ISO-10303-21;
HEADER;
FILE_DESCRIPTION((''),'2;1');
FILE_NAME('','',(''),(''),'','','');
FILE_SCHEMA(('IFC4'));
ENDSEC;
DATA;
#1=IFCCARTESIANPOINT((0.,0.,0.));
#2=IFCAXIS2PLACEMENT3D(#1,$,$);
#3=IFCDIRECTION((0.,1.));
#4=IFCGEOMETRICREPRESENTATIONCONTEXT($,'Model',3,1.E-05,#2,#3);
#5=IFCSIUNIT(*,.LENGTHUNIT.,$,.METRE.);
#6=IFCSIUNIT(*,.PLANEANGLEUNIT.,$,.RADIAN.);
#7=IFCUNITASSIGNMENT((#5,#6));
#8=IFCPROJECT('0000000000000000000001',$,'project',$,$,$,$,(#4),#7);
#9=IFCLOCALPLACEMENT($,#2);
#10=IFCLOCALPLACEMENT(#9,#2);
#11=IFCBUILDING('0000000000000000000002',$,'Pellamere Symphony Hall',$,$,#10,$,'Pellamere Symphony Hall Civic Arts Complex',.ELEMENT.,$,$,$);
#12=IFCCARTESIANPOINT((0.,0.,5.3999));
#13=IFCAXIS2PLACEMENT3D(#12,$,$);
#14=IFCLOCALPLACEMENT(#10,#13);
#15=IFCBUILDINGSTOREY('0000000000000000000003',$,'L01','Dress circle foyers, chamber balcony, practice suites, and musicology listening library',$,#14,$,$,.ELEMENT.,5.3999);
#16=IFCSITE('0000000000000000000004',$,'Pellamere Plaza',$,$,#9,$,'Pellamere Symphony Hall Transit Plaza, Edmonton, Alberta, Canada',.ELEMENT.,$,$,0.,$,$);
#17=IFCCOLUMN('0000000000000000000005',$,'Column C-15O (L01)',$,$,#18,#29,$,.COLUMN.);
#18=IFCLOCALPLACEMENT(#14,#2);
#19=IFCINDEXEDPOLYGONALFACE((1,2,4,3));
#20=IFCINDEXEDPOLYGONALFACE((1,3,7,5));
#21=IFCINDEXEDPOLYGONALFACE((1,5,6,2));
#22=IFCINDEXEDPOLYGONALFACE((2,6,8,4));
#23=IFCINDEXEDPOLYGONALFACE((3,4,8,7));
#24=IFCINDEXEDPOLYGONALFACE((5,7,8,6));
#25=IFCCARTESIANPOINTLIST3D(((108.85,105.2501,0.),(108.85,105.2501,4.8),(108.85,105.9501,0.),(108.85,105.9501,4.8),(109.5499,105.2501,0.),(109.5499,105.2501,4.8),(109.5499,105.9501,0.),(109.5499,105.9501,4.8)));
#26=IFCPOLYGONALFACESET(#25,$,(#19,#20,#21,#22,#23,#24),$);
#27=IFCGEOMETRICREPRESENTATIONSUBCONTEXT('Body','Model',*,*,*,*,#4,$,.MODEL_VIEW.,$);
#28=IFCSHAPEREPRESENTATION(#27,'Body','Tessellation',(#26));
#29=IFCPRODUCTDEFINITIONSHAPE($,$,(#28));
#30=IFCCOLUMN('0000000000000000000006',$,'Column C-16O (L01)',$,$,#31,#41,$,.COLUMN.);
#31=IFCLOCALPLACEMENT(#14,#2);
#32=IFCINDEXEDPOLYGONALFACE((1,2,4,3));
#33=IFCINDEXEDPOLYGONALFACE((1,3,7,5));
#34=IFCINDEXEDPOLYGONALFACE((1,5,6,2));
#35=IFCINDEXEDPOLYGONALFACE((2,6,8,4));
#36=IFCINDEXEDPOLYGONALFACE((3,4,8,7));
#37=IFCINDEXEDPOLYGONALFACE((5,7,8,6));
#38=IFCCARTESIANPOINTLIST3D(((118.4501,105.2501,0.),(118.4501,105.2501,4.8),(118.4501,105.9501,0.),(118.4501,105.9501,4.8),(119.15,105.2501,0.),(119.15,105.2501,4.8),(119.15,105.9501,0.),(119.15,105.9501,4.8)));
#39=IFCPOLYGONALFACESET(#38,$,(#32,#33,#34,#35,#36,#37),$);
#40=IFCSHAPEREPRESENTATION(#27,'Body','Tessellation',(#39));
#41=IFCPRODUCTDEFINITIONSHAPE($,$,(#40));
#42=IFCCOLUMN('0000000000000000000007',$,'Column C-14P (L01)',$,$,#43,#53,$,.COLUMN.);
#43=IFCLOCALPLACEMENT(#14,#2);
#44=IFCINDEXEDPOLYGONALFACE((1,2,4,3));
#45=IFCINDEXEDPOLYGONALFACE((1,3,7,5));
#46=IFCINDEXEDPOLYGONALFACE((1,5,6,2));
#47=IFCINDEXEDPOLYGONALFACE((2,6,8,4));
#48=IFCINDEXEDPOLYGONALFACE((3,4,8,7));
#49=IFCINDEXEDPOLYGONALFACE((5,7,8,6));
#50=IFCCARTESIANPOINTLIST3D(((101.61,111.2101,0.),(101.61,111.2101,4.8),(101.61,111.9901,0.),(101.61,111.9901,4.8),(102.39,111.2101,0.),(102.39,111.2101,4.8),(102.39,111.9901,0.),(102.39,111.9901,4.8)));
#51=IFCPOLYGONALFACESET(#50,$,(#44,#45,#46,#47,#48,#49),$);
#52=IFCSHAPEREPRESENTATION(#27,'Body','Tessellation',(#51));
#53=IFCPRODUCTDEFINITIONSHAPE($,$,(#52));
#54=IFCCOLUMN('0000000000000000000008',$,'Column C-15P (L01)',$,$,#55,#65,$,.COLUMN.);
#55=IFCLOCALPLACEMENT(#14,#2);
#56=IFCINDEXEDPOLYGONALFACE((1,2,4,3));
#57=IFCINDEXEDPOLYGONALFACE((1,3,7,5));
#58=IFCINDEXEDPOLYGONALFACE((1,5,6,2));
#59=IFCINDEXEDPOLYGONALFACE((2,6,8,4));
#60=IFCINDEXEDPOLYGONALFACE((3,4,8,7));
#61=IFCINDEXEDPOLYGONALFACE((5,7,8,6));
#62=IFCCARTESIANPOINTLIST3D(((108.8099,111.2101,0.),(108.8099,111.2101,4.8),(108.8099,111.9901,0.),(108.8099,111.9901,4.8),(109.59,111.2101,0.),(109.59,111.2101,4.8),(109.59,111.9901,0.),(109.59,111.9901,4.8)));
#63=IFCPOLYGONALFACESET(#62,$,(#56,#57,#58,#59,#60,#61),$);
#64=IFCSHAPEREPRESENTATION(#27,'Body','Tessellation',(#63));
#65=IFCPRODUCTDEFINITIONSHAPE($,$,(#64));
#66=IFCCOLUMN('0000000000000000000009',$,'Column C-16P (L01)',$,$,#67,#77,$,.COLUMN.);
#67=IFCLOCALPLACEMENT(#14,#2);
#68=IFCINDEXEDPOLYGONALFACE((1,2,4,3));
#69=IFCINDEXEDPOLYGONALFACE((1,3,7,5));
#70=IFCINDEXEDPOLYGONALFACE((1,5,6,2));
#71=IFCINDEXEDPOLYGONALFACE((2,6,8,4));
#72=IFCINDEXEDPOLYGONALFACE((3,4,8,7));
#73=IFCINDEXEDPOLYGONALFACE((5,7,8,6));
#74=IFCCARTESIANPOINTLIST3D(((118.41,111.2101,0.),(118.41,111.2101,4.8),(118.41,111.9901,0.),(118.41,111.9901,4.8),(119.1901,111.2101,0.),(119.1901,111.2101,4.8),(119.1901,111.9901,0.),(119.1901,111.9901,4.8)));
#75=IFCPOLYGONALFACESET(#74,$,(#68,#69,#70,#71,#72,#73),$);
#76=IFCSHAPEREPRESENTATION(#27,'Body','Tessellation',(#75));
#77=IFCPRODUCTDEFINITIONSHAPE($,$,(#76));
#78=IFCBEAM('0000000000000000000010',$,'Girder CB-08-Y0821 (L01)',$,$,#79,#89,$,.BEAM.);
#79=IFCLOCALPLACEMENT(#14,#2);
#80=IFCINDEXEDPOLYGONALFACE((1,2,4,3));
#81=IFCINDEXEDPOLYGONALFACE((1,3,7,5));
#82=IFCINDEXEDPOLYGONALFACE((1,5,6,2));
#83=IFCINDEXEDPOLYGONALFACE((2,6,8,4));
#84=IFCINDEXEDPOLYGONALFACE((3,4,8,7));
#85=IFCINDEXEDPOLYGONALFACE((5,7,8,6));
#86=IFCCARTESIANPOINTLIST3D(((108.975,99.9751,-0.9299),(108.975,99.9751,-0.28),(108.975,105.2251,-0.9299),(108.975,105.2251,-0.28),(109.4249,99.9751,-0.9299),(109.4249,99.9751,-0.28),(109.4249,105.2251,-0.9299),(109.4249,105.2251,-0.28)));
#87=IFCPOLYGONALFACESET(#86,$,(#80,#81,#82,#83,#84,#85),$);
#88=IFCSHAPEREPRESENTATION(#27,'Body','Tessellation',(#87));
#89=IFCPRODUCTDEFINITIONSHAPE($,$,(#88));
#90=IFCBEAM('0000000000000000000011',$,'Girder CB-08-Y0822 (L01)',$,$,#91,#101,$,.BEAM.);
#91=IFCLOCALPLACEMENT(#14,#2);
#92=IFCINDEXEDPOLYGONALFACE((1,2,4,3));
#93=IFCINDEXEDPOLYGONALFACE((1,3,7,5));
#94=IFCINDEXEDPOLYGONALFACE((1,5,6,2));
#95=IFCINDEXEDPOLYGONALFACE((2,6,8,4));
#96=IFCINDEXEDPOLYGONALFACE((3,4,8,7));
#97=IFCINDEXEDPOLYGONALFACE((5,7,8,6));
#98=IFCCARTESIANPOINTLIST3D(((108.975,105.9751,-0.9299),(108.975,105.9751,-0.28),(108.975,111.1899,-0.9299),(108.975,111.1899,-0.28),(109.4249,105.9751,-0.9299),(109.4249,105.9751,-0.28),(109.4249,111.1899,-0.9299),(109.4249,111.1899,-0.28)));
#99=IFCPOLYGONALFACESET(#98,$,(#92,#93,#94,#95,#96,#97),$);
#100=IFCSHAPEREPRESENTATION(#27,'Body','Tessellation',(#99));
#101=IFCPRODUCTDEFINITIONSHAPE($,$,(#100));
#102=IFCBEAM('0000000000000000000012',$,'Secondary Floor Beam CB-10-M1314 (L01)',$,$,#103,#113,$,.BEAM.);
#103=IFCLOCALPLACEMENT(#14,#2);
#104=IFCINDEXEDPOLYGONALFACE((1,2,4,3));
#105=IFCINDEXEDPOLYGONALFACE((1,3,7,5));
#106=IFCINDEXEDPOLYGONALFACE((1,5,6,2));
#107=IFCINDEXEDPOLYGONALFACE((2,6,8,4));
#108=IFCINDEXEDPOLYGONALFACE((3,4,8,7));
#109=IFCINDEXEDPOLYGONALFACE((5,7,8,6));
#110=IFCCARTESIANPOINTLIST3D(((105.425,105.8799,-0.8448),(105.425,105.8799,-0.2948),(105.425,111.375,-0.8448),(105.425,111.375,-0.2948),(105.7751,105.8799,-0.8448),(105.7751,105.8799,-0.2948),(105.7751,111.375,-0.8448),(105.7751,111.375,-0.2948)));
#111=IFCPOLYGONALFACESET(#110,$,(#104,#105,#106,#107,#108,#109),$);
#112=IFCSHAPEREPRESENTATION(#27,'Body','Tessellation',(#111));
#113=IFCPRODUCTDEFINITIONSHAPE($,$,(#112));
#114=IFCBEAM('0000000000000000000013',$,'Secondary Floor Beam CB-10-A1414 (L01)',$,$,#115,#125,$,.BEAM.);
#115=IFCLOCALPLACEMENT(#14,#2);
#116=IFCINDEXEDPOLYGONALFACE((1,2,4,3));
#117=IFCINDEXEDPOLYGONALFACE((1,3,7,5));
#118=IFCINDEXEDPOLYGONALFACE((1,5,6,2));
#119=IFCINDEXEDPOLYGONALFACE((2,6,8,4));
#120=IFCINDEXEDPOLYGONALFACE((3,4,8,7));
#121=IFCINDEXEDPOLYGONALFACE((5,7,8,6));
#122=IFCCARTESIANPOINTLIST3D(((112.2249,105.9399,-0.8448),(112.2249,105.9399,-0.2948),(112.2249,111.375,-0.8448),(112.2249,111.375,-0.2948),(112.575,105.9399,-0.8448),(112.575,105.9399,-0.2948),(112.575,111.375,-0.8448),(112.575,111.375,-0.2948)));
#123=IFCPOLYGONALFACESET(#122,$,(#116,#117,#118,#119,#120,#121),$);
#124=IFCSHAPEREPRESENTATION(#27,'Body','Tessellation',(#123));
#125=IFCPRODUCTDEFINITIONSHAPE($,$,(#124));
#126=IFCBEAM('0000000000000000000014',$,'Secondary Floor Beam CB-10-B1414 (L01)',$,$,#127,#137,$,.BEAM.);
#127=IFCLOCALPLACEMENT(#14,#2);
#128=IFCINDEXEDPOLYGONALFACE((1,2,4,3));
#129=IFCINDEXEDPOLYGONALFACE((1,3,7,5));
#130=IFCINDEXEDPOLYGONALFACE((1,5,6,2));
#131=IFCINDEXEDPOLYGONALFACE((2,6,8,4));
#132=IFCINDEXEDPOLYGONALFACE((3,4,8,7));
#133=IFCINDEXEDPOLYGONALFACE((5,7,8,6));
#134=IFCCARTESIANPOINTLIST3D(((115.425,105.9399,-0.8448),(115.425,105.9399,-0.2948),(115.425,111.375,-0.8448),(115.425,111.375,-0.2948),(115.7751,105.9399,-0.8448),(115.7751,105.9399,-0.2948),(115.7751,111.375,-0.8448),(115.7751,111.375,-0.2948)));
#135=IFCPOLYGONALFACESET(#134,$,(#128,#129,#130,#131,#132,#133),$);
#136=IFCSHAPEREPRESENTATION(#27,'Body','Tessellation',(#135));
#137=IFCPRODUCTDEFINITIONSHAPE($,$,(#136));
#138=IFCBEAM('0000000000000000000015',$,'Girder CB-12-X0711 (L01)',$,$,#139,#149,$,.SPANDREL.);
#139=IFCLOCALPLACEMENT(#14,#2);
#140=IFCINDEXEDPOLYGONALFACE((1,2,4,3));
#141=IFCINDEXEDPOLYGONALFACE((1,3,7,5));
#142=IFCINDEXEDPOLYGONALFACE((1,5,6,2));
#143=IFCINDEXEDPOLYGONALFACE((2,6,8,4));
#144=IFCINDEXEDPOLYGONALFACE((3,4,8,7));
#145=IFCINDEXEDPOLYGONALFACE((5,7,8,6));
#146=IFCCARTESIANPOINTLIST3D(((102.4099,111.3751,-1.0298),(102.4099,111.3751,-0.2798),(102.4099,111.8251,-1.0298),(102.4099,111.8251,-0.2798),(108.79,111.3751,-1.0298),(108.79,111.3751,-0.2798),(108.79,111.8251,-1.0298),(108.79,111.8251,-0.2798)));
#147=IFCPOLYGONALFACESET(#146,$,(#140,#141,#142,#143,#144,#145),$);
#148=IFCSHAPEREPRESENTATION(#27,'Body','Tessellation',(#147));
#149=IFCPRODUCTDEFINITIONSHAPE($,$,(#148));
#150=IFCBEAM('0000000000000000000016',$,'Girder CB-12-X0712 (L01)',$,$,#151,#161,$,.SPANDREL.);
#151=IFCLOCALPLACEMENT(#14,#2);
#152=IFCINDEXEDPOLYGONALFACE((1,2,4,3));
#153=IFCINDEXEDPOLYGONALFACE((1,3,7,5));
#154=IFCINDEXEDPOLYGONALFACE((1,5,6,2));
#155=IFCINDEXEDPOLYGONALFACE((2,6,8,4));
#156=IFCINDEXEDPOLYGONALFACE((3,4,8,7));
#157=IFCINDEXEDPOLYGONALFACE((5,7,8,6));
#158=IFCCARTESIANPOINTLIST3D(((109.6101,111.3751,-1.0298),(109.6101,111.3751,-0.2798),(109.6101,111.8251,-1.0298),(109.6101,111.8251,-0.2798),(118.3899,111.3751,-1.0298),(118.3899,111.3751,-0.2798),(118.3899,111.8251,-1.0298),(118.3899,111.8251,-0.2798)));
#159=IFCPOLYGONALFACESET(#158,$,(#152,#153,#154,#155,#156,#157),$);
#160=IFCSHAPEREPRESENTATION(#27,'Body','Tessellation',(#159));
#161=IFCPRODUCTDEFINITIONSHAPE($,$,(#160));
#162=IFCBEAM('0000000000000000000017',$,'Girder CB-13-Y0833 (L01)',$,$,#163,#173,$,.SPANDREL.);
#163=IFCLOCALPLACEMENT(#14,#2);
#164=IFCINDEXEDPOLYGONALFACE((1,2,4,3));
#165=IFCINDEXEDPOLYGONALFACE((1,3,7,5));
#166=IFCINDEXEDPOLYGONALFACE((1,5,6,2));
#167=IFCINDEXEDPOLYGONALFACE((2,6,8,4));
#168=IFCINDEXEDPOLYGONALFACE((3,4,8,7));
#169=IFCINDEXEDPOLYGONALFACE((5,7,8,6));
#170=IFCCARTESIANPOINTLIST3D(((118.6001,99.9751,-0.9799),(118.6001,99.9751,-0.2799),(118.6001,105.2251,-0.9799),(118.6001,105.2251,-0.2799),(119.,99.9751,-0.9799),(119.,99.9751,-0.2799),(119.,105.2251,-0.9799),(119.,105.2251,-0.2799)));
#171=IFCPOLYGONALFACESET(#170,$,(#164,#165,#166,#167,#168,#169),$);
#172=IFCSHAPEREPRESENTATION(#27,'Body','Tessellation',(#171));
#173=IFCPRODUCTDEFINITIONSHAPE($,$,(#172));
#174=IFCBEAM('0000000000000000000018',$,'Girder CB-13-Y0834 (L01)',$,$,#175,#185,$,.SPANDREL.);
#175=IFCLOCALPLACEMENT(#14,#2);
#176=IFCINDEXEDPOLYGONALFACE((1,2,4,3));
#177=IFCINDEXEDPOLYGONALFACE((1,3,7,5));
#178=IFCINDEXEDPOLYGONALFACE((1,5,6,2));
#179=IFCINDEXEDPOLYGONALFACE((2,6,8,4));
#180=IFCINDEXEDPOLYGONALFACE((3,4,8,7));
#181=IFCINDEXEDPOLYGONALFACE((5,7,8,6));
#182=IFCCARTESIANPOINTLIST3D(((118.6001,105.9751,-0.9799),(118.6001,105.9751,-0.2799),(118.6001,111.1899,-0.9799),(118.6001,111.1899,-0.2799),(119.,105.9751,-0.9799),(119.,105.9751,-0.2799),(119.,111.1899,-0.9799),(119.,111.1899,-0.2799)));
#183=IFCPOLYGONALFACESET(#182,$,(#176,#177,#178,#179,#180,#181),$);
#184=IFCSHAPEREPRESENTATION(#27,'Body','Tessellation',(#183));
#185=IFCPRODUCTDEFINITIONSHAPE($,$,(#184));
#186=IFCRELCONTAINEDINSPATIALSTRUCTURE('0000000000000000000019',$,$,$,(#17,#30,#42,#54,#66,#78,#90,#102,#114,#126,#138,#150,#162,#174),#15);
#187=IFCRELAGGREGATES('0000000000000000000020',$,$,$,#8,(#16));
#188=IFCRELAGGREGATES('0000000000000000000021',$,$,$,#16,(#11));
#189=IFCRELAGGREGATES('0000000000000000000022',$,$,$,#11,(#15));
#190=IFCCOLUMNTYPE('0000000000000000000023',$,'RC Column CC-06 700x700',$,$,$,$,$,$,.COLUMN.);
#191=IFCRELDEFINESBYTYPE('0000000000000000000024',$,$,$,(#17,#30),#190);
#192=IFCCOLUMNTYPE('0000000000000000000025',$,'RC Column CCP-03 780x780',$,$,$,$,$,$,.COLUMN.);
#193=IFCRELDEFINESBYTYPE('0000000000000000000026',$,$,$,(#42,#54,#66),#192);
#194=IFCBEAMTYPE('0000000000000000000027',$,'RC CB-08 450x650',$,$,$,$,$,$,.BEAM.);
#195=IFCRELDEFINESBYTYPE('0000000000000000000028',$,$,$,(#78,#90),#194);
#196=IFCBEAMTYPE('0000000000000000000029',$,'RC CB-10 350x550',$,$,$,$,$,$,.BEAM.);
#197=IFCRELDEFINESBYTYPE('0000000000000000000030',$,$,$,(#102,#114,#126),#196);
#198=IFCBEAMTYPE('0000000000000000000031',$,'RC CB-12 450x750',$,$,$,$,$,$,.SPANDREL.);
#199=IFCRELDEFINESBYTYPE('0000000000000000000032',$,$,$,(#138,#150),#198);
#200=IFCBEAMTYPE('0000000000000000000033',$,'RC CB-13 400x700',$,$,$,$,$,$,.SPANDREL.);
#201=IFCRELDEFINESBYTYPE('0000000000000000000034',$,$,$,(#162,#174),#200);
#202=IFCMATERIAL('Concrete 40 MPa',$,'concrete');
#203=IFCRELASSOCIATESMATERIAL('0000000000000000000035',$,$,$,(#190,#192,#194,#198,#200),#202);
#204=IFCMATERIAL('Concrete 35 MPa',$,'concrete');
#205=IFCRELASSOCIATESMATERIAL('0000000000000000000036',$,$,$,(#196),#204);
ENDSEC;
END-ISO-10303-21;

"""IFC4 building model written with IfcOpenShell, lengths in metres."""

from ifc_helpers import new_model, si_unit, direction, frame, origin, origin_2d, place, context, subcontext, project, spatial, rectangle, extrude, material, material_profile, profile_set, type_object, element, save


model = new_model("IFC4")

# Units and contexts
model_context = context("Model", 3, precision=1e-05, world=origin(), true_north=direction((0.0, 1.0)))
body_context = subcontext(model_context, "Body", "Model", "MODEL_VIEW")
ifc_project = project(units=[si_unit("LENGTHUNIT", "METRE"), si_unit("PLANEANGLEUNIT", "RADIAN")], contexts=[model_context])

# Site, building, storey
site_placement = place(None, origin())
site = spatial("IfcSite", under=ifc_project, at=site_placement, Name="Pellamere Plaza", LongName="Pellamere Symphony Hall Transit Plaza, Edmonton, Alberta, Canada", CompositionType="ELEMENT", RefElevation=0.0)
building_placement = place(site_placement, origin())
building = spatial("IfcBuilding", under=site, at=building_placement, Name="Pellamere Symphony Hall", LongName="Pellamere Symphony Hall Civic Arts Complex", CompositionType="ELEMENT")
storey_placement = place(building_placement, frame((0.0, 0.0, 5.3999)))
storey = spatial("IfcBuildingStorey", under=building, at=storey_placement, Name="L01", Description="Dress circle foyers, chamber balcony, practice suites, and musicology listening library", CompositionType="ELEMENT", Elevation=5.3999)

# Columns
ifc_material_1 = material(Name="Concrete 40 MPa", Category="concrete")
ifc_material_profile_1 = material_profile(ifc_material_1, rectangle(XDim=0.7, YDim=0.7, at=origin_2d()), Name="RC 700x700")
ifc_profile_set_1 = profile_set([ifc_material_profile_1], Name="Concrete 40 MPa")
column_type_1 = type_object("IfcColumnType", Name="RC Column CC-06 700x700", PredefinedType="COLUMN", material=ifc_profile_set_1)
for number, where, z_axis, x_axis, name in (
    (1, (109.2, 105.6001, 0.0), (0.0, 0.0, 1.0), (1.0, 0.0, 0.0), "Column C-15O (L01)"),
    (2, (118.8, 105.6001, 0.0), (0.0, 0.0, 1.0), (1.0, 0.0, 0.0), "Column C-16O (L01)"),
):
    element("IfcColumn", number, at=place(storey_placement, frame(where, z_axis=z_axis, x_axis=x_axis)), inside=storey, type_object=column_type_1, Name=name, PredefinedType="COLUMN", context=body_context, shape_type="SweptSolid", body=[
        extrude(rectangle(XDim=0.7, YDim=0.7, at=origin_2d()), origin(), (0.0, 0.0, 1.0), 4.8),
    ])
ifc_material_profile_2 = material_profile(ifc_material_1, rectangle(XDim=0.78, YDim=0.78, at=origin_2d()), Name="RC 780x780")
ifc_profile_set_2 = profile_set([ifc_material_profile_2], Name="Concrete 40 MPa")
column_type_2 = type_object("IfcColumnType", Name="RC Column CCP-03 780x780", PredefinedType="COLUMN", material=ifc_profile_set_2)
for number, where, z_axis, x_axis, name in (
    (3, (102.0, 111.6001, 0.0), (0.0, 0.0, 1.0), (1.0, 0.0, 0.0), "Column C-14P (L01)"),
    (4, (109.2, 111.6001, 0.0), (0.0, 0.0, 1.0), (1.0, 0.0, 0.0), "Column C-15P (L01)"),
    (5, (118.8, 111.6001, 0.0), (0.0, 0.0, 1.0), (1.0, 0.0, 0.0), "Column C-16P (L01)"),
):
    element("IfcColumn", number, at=place(storey_placement, frame(where, z_axis=z_axis, x_axis=x_axis)), inside=storey, type_object=column_type_2, Name=name, PredefinedType="COLUMN", context=body_context, shape_type="SweptSolid", body=[
        extrude(rectangle(XDim=0.78, YDim=0.78, at=origin_2d()), origin(), (0.0, 0.0, 1.0), 4.8),
    ])

# Beams
ifc_material_profile_3 = material_profile(ifc_material_1, rectangle(XDim=0.45, YDim=0.6499, at=origin_2d()), Name="RC 450x650")
ifc_profile_set_3 = profile_set([ifc_material_profile_3], Name="Concrete 40 MPa")
beam_type_1 = type_object("IfcBeamType", Name="RC CB-08 450x650", PredefinedType="BEAM", material=ifc_profile_set_3)
beam_1_placement = place(storey_placement, frame((109.2, 99.9751, -0.605), z_axis=(0.0, 1.0, 0.0), x_axis=(-1.0, 0.0, 0.0)))
element("IfcBeam", 6, at=beam_1_placement, inside=storey, type_object=beam_type_1, Name="Girder CB-08-Y0821 (L01)", PredefinedType="BEAM", context=body_context, shape_type="SweptSolid", body=[
    extrude(rectangle(XDim=0.45, YDim=0.6499, at=origin_2d()), origin(), (0.0, 0.0, 1.0), 5.25),
])
beam_2_placement = place(storey_placement, frame((109.2, 105.9751, -0.605), z_axis=(0.0, 1.0, 0.0), x_axis=(-1.0, 0.0, 0.0)))
element("IfcBeam", 7, at=beam_2_placement, inside=storey, type_object=beam_type_1, Name="Girder CB-08-Y0822 (L01)", PredefinedType="BEAM", context=body_context, shape_type="SweptSolid", body=[
    extrude(rectangle(XDim=0.45, YDim=0.6499, at=origin_2d()), origin(), (0.0, 0.0, 1.0), 5.2148),
])
ifc_material_2 = material(Name="Concrete 35 MPa", Category="concrete")
ifc_material_profile_4 = material_profile(ifc_material_2, rectangle(XDim=0.3501, YDim=0.55, at=origin_2d()), Name="RC 350x550")
ifc_profile_set_4 = profile_set([ifc_material_profile_4], Name="Concrete 35 MPa")
beam_type_2 = type_object("IfcBeamType", Name="RC CB-10 350x550", PredefinedType="BEAM", material=ifc_profile_set_4)
beam_3_placement = place(storey_placement, frame((105.6001, 105.8799, -0.5698), z_axis=(0.0, 1.0, 0.0), x_axis=(-1.0, 0.0, 0.0)))
element("IfcBeam", 8, at=beam_3_placement, inside=storey, type_object=beam_type_2, Name="Secondary Floor Beam CB-10-M1314 (L01)", PredefinedType="BEAM", context=body_context, shape_type="SweptSolid", body=[
    extrude(rectangle(XDim=0.3501, YDim=0.55, at=origin_2d()), origin(), (0.0, 0.0, 1.0), 5.4951),
])
for number, where, z_axis, x_axis, name in (
    (9, (112.3999, 105.9399, -0.5698), (0.0, 1.0, 0.0), (-1.0, 0.0, 0.0), "Secondary Floor Beam CB-10-A1414 (L01)"),
    (10, (115.6001, 105.9399, -0.5698), (0.0, 1.0, 0.0), (-1.0, 0.0, 0.0), "Secondary Floor Beam CB-10-B1414 (L01)"),
):
    element("IfcBeam", number, at=place(storey_placement, frame(where, z_axis=z_axis, x_axis=x_axis)), inside=storey, type_object=beam_type_2, Name=name, PredefinedType="BEAM", context=body_context, shape_type="SweptSolid", body=[
        extrude(rectangle(XDim=0.3501, YDim=0.55, at=origin_2d()), origin(), (0.0, 0.0, 1.0), 5.4351),
    ])
ifc_material_profile_5 = material_profile(ifc_material_1, rectangle(XDim=0.45, YDim=0.75, at=origin_2d()), Name="RC 450x750")
ifc_profile_set_5 = profile_set([ifc_material_profile_5], Name="Concrete 40 MPa")
beam_type_3 = type_object("IfcBeamType", Name="RC CB-12 450x750", PredefinedType="SPANDREL", material=ifc_profile_set_5)
beam_4_placement = place(storey_placement, frame((102.4099, 111.6001, -0.6548), z_axis=(1.0, 0.0, 0.0), x_axis=(0.0, 1.0, 0.0)))
element("IfcBeam", 11, at=beam_4_placement, inside=storey, type_object=beam_type_3, Name="Girder CB-12-X0711 (L01)", PredefinedType="SPANDREL", context=body_context, shape_type="SweptSolid", body=[
    extrude(rectangle(XDim=0.45, YDim=0.75, at=origin_2d()), origin(), (0.0, 0.0, 1.0), 6.3801),
])
beam_5_placement = place(storey_placement, frame((109.6101, 111.6001, -0.6548), z_axis=(1.0, 0.0, 0.0), x_axis=(0.0, 1.0, 0.0)))
element("IfcBeam", 12, at=beam_5_placement, inside=storey, type_object=beam_type_3, Name="Girder CB-12-X0712 (L01)", PredefinedType="SPANDREL", context=body_context, shape_type="SweptSolid", body=[
    extrude(rectangle(XDim=0.45, YDim=0.75, at=origin_2d()), origin(), (0.0, 0.0, 1.0), 8.7798),
])
ifc_material_profile_6 = material_profile(ifc_material_1, rectangle(XDim=0.3999, YDim=0.7, at=origin_2d()), Name="RC 400x700")
ifc_profile_set_6 = profile_set([ifc_material_profile_6], Name="Concrete 40 MPa")
beam_type_4 = type_object("IfcBeamType", Name="RC CB-13 400x700", PredefinedType="SPANDREL", material=ifc_profile_set_6)
beam_6_placement = place(storey_placement, frame((118.8, 99.9751, -0.6299), z_axis=(0.0, 1.0, 0.0), x_axis=(-1.0, 0.0, 0.0)))
element("IfcBeam", 13, at=beam_6_placement, inside=storey, type_object=beam_type_4, Name="Girder CB-13-Y0833 (L01)", PredefinedType="SPANDREL", context=body_context, shape_type="SweptSolid", body=[
    extrude(rectangle(XDim=0.3999, YDim=0.7, at=origin_2d()), origin(), (0.0, 0.0, 1.0), 5.25),
])
beam_7_placement = place(storey_placement, frame((118.8, 105.9751, -0.6299), z_axis=(0.0, 1.0, 0.0), x_axis=(-1.0, 0.0, 0.0)))
element("IfcBeam", 14, at=beam_7_placement, inside=storey, type_object=beam_type_4, Name="Girder CB-13-Y0834 (L01)", PredefinedType="SPANDREL", context=body_context, shape_type="SweptSolid", body=[
    extrude(rectangle(XDim=0.3999, YDim=0.7, at=origin_2d()), origin(), (0.0, 0.0, 1.0), 5.2148),
])

save(model, "model.ifc")
